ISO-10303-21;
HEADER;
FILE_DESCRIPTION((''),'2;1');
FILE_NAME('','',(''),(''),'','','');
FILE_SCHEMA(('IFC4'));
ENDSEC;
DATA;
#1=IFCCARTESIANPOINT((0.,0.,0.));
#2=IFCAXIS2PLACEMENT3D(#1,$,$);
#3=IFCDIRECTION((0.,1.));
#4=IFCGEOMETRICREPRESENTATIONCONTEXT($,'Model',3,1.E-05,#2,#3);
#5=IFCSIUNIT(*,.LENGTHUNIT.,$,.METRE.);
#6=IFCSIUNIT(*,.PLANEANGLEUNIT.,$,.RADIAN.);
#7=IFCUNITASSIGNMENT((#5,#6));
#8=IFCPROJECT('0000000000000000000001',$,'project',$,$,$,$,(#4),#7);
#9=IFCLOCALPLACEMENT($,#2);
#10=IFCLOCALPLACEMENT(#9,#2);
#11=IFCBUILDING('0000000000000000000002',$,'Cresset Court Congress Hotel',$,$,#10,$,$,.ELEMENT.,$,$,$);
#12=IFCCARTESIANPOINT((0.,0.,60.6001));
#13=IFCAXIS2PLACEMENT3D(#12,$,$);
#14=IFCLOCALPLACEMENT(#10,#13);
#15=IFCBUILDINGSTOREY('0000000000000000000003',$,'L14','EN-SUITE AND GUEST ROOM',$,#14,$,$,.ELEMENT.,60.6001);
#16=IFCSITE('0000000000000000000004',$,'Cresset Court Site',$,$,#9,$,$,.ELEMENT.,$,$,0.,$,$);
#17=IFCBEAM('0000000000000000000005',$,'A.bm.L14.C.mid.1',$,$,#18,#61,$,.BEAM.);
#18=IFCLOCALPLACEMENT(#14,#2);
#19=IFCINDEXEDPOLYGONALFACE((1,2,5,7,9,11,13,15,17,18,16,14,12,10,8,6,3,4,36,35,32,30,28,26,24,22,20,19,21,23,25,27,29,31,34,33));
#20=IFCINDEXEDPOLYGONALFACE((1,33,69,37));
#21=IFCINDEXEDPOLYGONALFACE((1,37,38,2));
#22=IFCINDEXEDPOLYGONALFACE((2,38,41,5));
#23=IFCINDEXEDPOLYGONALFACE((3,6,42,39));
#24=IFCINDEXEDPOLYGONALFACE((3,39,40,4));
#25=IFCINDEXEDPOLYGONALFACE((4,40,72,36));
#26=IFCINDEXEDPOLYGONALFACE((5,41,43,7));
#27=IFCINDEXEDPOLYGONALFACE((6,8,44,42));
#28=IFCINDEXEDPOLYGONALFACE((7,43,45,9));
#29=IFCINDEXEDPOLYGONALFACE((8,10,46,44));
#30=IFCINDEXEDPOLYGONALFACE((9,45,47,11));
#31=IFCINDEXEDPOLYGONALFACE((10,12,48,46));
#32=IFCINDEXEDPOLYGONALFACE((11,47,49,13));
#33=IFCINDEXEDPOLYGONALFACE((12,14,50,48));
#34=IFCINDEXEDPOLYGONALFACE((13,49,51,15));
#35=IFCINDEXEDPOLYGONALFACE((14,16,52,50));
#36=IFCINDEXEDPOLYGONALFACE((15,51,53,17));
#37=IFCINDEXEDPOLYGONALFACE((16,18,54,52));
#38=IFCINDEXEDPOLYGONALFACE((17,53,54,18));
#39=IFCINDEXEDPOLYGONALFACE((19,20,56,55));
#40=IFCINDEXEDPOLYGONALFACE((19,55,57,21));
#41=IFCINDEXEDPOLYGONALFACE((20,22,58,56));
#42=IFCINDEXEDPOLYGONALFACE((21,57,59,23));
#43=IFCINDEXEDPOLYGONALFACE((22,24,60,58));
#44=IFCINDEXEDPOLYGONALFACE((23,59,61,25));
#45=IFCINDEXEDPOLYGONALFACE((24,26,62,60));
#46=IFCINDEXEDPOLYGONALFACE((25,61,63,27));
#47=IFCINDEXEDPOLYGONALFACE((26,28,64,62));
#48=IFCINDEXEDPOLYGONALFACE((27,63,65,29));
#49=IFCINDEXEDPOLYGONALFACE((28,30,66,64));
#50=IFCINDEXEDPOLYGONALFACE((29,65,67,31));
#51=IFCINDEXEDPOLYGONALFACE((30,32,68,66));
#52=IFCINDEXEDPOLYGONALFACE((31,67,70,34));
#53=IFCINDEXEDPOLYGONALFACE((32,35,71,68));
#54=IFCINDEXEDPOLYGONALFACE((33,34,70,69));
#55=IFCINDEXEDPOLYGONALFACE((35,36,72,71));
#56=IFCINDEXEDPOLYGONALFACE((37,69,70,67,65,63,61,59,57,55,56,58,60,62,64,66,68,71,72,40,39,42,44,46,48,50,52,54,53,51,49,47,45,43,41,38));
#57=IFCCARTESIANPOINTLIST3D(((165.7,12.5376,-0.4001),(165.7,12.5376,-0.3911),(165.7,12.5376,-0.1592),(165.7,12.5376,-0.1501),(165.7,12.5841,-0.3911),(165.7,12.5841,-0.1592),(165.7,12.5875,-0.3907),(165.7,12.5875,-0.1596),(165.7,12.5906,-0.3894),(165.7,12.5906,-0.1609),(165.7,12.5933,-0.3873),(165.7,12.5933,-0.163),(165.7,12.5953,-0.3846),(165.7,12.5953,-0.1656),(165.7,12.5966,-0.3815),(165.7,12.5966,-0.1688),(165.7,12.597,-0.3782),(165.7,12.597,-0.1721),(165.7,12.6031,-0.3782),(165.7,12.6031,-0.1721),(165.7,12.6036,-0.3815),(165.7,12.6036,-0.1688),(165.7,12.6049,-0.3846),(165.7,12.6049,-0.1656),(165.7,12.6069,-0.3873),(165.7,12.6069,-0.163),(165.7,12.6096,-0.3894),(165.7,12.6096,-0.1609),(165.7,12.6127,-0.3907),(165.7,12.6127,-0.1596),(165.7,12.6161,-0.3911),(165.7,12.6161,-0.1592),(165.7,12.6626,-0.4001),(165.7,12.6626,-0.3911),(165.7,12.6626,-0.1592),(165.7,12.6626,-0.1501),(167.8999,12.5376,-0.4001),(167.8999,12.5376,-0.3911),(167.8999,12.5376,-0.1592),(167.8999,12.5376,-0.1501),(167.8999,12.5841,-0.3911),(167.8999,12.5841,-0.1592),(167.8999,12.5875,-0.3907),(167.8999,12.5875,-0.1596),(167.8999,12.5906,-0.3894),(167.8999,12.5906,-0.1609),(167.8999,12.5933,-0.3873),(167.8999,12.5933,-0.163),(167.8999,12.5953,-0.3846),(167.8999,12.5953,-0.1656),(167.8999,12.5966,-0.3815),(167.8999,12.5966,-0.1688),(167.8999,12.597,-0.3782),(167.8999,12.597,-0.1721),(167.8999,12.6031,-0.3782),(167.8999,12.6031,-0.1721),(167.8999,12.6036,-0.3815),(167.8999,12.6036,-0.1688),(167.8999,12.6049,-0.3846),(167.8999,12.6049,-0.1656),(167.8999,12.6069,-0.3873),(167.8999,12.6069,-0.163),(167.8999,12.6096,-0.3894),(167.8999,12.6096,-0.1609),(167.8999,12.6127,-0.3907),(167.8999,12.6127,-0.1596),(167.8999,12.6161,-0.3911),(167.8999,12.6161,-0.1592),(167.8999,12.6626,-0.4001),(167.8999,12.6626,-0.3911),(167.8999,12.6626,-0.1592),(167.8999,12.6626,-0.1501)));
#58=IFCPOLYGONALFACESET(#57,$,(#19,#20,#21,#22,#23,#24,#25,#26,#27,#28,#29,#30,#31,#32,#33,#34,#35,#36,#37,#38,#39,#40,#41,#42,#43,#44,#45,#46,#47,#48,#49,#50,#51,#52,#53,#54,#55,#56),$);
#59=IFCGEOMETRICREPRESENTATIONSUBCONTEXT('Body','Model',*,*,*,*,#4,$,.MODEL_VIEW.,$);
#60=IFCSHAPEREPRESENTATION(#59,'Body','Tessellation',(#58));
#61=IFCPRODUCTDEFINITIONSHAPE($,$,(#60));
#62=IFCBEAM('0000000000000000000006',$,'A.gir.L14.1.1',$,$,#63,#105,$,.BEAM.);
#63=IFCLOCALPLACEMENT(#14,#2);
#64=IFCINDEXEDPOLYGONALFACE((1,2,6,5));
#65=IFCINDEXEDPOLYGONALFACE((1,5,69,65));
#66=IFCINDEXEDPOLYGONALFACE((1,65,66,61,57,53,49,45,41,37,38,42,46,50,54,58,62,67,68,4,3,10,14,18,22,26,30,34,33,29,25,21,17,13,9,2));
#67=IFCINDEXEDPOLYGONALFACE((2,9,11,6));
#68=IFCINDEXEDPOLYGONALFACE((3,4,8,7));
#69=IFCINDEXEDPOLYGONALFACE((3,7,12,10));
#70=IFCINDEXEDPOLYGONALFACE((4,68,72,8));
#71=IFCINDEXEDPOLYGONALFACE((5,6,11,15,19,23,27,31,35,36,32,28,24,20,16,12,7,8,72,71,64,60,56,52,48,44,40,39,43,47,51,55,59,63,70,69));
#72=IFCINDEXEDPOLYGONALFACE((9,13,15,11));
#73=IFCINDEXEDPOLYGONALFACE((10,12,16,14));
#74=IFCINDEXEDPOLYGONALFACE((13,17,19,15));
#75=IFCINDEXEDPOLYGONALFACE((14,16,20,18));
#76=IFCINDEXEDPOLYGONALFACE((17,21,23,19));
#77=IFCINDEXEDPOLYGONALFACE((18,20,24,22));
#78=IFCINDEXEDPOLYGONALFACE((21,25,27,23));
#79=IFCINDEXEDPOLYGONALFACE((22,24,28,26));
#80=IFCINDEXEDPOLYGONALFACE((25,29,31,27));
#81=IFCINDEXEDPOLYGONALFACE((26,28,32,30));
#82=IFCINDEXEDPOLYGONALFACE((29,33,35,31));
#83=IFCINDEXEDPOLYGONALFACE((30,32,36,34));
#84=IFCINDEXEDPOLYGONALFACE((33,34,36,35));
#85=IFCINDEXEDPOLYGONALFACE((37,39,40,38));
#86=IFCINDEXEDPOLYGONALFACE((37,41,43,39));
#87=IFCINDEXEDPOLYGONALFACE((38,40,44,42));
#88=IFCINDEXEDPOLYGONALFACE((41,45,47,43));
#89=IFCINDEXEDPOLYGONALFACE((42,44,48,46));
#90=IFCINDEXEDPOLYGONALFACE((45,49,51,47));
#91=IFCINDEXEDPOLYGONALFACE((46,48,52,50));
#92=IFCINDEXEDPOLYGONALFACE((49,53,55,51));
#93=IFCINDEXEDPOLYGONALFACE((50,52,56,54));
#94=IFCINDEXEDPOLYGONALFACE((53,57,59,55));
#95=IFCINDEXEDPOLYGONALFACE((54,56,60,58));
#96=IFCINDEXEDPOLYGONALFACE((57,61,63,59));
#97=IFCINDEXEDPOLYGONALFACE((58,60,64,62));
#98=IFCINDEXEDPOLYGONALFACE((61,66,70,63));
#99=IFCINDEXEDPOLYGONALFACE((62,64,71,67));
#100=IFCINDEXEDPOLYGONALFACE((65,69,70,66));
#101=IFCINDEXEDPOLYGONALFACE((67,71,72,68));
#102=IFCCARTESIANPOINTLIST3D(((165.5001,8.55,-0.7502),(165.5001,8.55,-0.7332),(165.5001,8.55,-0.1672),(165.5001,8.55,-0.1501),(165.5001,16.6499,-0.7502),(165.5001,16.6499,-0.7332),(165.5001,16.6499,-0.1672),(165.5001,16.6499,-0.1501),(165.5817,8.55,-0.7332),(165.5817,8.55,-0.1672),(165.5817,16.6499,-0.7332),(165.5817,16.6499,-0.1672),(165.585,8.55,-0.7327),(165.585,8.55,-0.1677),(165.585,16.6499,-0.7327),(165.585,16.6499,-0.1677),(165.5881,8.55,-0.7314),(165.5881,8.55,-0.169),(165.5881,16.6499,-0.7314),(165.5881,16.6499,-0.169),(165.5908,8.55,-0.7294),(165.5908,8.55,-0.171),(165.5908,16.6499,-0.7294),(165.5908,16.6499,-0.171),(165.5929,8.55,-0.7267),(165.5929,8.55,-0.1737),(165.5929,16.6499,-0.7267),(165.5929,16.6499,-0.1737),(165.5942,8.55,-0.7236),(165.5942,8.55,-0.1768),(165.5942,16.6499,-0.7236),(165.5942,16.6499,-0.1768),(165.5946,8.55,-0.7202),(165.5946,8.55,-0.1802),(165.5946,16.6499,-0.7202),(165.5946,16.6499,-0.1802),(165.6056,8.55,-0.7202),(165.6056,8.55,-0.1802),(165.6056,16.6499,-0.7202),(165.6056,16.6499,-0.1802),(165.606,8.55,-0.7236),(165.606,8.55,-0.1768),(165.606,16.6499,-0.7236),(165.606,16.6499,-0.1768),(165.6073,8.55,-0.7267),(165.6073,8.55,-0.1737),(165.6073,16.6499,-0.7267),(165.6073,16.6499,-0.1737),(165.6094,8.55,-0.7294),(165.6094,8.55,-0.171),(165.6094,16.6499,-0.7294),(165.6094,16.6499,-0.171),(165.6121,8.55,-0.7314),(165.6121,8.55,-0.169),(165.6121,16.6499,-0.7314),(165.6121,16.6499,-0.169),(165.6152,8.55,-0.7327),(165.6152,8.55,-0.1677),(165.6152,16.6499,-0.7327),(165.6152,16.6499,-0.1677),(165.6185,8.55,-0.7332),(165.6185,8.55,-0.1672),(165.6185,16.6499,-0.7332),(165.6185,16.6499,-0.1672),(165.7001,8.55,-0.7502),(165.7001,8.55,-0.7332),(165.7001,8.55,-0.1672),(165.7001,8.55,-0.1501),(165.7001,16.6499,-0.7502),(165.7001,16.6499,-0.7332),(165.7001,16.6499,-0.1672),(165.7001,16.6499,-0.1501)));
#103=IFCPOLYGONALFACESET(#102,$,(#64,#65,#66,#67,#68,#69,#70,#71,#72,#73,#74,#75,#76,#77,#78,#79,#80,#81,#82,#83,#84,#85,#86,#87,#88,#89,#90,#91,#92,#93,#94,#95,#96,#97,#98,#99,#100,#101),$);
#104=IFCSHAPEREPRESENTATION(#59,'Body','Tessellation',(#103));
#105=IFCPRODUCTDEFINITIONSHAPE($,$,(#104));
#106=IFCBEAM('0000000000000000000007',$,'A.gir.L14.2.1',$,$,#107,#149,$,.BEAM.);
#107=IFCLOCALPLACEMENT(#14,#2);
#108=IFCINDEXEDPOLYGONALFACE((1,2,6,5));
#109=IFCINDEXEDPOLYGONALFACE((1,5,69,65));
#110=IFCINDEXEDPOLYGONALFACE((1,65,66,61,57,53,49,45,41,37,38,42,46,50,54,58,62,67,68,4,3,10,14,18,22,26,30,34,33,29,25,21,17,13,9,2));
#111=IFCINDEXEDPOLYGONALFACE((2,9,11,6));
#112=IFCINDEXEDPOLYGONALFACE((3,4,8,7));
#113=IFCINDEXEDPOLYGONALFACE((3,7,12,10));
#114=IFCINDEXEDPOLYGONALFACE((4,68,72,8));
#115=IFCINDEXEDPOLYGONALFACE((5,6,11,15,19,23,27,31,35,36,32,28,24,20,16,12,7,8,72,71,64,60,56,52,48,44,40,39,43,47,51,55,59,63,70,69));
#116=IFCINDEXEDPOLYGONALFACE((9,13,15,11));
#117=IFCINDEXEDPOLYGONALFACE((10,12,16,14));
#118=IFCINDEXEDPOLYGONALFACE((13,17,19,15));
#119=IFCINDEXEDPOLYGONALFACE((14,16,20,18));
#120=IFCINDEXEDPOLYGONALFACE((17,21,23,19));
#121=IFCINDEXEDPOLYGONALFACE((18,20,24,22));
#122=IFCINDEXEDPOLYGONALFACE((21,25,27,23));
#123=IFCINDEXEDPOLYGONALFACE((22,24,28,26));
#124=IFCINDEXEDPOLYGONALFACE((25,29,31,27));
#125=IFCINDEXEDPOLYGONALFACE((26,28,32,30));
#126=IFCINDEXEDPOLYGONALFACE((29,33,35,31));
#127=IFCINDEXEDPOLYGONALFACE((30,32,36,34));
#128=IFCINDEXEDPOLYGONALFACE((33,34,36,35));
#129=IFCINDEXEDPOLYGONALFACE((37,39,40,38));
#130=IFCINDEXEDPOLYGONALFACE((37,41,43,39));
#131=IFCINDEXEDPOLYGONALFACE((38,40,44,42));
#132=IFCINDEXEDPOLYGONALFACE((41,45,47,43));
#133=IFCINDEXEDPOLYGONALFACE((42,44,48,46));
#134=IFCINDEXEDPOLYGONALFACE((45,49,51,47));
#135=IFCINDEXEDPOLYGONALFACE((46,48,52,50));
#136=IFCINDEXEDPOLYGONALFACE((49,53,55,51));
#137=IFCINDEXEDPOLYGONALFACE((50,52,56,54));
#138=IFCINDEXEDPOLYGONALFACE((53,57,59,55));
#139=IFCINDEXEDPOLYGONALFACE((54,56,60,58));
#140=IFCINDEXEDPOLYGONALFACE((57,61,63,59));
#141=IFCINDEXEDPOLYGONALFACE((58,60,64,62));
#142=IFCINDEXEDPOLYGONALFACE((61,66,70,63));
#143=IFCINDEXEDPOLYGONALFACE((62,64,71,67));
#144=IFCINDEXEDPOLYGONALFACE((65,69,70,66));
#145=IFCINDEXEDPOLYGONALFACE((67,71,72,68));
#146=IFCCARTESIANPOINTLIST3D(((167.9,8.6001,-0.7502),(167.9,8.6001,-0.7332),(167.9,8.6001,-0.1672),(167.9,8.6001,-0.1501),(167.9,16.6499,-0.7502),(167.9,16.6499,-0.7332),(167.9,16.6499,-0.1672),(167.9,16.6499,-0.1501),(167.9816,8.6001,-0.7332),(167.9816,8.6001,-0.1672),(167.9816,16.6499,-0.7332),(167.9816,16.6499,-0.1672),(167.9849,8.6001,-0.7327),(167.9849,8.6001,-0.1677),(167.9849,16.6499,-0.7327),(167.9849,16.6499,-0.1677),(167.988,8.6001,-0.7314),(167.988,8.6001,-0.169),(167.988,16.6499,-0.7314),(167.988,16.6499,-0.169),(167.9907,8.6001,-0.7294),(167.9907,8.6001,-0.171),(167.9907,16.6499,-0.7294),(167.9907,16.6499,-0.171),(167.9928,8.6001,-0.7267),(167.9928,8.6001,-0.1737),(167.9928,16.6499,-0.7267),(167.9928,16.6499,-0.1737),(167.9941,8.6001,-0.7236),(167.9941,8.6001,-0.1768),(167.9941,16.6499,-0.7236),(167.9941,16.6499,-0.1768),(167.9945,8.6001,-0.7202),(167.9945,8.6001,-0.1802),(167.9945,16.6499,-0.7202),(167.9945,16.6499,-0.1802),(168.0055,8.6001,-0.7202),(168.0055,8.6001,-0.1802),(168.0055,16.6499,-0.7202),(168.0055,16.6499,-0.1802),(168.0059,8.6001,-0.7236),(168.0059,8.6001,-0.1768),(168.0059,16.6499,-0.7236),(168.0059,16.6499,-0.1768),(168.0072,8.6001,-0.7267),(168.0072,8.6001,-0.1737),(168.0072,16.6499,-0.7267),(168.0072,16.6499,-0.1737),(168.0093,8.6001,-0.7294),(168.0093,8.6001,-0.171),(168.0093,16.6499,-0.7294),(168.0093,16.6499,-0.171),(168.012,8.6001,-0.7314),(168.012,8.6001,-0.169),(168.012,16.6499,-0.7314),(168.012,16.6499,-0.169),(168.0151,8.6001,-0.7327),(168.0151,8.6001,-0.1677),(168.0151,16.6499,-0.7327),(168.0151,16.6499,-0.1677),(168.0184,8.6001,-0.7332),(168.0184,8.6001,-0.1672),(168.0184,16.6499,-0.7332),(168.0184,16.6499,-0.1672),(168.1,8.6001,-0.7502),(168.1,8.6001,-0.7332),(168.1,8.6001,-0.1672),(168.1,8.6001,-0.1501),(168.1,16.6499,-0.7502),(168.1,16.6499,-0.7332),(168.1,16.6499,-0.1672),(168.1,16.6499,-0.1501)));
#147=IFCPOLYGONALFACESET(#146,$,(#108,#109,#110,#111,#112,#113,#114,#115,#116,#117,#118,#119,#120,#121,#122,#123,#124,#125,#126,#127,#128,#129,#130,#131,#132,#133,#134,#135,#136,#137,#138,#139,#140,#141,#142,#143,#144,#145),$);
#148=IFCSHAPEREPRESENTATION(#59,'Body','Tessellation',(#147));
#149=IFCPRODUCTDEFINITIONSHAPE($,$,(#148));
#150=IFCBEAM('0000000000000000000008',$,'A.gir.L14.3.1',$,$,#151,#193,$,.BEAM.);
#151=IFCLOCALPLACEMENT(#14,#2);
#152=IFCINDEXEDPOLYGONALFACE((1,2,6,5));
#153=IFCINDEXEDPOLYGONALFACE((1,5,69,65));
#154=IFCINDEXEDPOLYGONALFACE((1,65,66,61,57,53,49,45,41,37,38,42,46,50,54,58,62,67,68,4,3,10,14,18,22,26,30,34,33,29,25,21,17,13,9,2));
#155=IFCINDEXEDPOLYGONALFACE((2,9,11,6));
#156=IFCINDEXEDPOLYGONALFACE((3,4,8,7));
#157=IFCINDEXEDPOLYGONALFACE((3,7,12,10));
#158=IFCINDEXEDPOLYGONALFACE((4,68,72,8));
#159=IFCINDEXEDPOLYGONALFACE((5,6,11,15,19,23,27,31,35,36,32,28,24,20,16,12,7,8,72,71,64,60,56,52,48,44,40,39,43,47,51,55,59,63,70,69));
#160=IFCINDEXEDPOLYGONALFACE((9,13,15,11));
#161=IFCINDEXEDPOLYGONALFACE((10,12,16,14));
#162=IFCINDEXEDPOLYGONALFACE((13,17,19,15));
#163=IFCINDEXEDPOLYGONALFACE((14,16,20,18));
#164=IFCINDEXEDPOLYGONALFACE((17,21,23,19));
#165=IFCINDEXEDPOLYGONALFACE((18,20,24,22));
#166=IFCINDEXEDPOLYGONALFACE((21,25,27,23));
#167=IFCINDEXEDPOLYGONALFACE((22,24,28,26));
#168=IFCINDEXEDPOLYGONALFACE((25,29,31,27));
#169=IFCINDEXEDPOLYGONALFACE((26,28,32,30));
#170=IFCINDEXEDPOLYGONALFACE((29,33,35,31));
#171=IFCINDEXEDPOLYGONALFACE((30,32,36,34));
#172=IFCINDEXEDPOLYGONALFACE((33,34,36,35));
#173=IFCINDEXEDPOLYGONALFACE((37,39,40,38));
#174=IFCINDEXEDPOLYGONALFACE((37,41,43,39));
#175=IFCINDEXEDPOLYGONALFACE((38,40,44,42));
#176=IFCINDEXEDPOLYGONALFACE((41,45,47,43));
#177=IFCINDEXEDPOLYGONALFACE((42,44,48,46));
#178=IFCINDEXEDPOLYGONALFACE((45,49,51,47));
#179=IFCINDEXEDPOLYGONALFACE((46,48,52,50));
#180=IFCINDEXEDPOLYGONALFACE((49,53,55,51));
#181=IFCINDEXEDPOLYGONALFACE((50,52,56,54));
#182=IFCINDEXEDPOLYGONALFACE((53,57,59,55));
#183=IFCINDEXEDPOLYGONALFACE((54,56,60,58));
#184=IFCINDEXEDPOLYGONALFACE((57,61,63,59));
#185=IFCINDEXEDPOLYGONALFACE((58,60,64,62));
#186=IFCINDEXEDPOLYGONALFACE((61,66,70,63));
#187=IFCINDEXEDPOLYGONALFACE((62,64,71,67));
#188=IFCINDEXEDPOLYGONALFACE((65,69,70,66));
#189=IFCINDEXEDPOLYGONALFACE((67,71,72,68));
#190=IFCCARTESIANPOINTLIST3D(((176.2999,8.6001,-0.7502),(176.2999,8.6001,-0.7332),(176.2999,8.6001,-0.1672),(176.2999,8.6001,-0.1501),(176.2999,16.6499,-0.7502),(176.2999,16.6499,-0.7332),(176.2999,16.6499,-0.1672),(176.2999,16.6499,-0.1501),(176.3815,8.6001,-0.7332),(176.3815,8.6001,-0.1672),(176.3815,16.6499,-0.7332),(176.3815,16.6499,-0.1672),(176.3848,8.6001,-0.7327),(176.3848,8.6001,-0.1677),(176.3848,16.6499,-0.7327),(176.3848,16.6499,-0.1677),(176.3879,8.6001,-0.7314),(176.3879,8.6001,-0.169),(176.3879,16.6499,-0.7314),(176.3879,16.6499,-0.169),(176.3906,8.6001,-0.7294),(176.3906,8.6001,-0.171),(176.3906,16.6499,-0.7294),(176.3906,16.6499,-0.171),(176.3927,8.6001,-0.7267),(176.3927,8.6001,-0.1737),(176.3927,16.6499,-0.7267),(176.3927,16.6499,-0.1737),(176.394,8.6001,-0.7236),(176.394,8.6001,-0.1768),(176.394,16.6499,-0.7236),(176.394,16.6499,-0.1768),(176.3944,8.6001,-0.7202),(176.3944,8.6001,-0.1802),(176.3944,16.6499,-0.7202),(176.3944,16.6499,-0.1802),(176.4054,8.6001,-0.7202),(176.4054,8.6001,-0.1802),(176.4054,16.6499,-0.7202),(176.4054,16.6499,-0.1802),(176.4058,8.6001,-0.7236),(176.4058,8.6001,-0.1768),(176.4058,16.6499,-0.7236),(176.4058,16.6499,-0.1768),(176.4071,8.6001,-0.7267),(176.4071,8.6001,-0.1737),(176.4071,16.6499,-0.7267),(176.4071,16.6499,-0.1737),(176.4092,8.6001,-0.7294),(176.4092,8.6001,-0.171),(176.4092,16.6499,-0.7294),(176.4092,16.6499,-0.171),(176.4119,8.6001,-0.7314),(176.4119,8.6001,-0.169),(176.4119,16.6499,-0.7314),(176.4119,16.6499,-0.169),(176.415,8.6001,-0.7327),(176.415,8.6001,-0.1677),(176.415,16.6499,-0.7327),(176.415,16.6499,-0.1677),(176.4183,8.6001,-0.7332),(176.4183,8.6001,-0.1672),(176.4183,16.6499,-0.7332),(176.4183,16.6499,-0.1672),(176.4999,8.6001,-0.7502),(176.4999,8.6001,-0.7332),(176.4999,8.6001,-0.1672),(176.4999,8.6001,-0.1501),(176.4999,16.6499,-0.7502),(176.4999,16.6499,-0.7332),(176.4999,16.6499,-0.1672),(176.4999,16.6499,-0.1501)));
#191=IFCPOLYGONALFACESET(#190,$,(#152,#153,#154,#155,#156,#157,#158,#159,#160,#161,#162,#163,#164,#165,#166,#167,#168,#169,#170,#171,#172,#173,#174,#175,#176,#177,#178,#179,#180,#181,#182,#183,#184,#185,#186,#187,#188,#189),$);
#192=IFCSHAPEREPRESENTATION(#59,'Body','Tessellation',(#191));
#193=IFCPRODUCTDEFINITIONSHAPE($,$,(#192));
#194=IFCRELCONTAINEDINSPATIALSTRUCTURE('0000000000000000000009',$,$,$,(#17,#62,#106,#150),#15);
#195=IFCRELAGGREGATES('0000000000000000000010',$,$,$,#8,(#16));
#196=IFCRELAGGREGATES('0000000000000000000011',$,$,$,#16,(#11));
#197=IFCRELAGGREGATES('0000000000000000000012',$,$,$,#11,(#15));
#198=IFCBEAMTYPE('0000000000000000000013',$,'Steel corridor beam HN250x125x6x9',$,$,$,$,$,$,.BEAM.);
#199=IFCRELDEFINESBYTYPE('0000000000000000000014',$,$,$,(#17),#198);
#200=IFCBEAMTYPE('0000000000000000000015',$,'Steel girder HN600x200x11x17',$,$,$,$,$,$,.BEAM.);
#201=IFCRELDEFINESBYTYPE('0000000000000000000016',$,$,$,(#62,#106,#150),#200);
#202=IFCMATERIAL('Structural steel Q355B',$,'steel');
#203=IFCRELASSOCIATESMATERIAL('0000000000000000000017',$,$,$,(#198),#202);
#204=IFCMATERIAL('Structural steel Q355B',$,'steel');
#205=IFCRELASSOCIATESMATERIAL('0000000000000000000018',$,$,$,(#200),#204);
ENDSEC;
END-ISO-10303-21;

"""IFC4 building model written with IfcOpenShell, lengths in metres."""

from ifc_helpers import new_model, si_unit, direction, frame, origin, origin_2d, place, context, subcontext, project, spatial, i_section, extrude, material, material_profile, profile_set, type_object, element, save


model = new_model("IFC4")

# Units and contexts
model_context = context("Model", 3, precision=1e-05, world=origin(), true_north=direction((0.0, 1.0)))
body_context = subcontext(model_context, "Body", "Model", "MODEL_VIEW")
ifc_project = project(units=[si_unit("LENGTHUNIT", "METRE"), si_unit("PLANEANGLEUNIT", "RADIAN")], contexts=[model_context])

# Site, building, storey
site_placement = place(None, origin())
site = spatial("IfcSite", under=ifc_project, at=site_placement, Name="Cresset Court Site", CompositionType="ELEMENT", RefElevation=0.0)
building_placement = place(site_placement, origin())
building = spatial("IfcBuilding", under=site, at=building_placement, Name="Cresset Court Congress Hotel", CompositionType="ELEMENT")
storey_placement = place(building_placement, frame((0.0, 0.0, 60.6001)))
storey = spatial("IfcBuildingStorey", under=building, at=storey_placement, Name="L14", Description="EN-SUITE AND GUEST ROOM", CompositionType="ELEMENT", Elevation=60.6001)

# Beams
ifc_material_1 = material(Name="Structural steel Q355B", Category="steel")
ifc_material_profile_1 = material_profile(ifc_material_1, i_section(OverallWidth=0.125, OverallDepth=0.25, WebThickness=0.0061, FlangeThickness=0.009, FilletRadius=0.0129, at=origin_2d()), Name="HN250x125x6x9")
ifc_profile_set_1 = profile_set([ifc_material_profile_1], Name="Structural steel Q355B")
beam_type_1 = type_object("IfcBeamType", Name="Steel corridor beam HN250x125x6x9", PredefinedType="BEAM", material=ifc_profile_set_1)
beam_1_placement = place(storey_placement, frame((165.7, 12.6001, -0.2751), z_axis=(1.0, 0.0, 0.0), x_axis=(0.0, 1.0, 0.0)))
element("IfcBeam", 1, at=beam_1_placement, inside=storey, type_object=beam_type_1, Name="A.bm.L14.C.mid.1", PredefinedType="BEAM", context=body_context, shape_type="SweptSolid", body=[
    extrude(i_section(OverallWidth=0.125, OverallDepth=0.25, WebThickness=0.0061, FlangeThickness=0.009, FilletRadius=0.0129, at=origin_2d()), origin(), (0.0, 0.0, 1.0), 2.2),
])
ifc_material_2 = material(Name="Structural steel Q355B", Category="steel")
ifc_material_profile_2 = material_profile(ifc_material_2, i_section(OverallWidth=0.2, OverallDepth=0.6001, WebThickness=0.011, FlangeThickness=0.0171, FilletRadius=0.0129, at=origin_2d()), Name="HN600x200x11x17")
ifc_profile_set_2 = profile_set([ifc_material_profile_2], Name="Structural steel Q355B")
beam_type_2 = type_object("IfcBeamType", Name="Steel girder HN600x200x11x17", PredefinedType="BEAM", material=ifc_profile_set_2)
beam_2_placement = place(storey_placement, frame((165.6001, 8.55, -0.4502), z_axis=(0.0, 1.0, 0.0), x_axis=(-1.0, 0.0, 0.0)))
element("IfcBeam", 2, at=beam_2_placement, inside=storey, type_object=beam_type_2, Name="A.gir.L14.1.1", PredefinedType="BEAM", context=body_context, shape_type="SweptSolid", body=[
    extrude(i_section(OverallWidth=0.2, OverallDepth=0.6001, WebThickness=0.011, FlangeThickness=0.0171, FilletRadius=0.0129, at=origin_2d()), origin(), (0.0, 0.0, 1.0), 8.0999),
])
for number, where, z_axis, x_axis, name in (
    (3, (168.0, 8.6001, -0.4502), (0.0, 1.0, 0.0), (-1.0, 0.0, 0.0), "A.gir.L14.2.1"),
    (4, (176.3999, 8.6001, -0.4502), (0.0, 1.0, 0.0), (-1.0, 0.0, 0.0), "A.gir.L14.3.1"),
):
    element("IfcBeam", number, at=place(storey_placement, frame(where, z_axis=z_axis, x_axis=x_axis)), inside=storey, type_object=beam_type_2, Name=name, PredefinedType="BEAM", context=body_context, shape_type="SweptSolid", body=[
        extrude(i_section(OverallWidth=0.2, OverallDepth=0.6001, WebThickness=0.011, FlangeThickness=0.0171, FilletRadius=0.0129, at=origin_2d()), origin(), (0.0, 0.0, 1.0), 8.0498),
    ])

save(model, "model.ifc")
